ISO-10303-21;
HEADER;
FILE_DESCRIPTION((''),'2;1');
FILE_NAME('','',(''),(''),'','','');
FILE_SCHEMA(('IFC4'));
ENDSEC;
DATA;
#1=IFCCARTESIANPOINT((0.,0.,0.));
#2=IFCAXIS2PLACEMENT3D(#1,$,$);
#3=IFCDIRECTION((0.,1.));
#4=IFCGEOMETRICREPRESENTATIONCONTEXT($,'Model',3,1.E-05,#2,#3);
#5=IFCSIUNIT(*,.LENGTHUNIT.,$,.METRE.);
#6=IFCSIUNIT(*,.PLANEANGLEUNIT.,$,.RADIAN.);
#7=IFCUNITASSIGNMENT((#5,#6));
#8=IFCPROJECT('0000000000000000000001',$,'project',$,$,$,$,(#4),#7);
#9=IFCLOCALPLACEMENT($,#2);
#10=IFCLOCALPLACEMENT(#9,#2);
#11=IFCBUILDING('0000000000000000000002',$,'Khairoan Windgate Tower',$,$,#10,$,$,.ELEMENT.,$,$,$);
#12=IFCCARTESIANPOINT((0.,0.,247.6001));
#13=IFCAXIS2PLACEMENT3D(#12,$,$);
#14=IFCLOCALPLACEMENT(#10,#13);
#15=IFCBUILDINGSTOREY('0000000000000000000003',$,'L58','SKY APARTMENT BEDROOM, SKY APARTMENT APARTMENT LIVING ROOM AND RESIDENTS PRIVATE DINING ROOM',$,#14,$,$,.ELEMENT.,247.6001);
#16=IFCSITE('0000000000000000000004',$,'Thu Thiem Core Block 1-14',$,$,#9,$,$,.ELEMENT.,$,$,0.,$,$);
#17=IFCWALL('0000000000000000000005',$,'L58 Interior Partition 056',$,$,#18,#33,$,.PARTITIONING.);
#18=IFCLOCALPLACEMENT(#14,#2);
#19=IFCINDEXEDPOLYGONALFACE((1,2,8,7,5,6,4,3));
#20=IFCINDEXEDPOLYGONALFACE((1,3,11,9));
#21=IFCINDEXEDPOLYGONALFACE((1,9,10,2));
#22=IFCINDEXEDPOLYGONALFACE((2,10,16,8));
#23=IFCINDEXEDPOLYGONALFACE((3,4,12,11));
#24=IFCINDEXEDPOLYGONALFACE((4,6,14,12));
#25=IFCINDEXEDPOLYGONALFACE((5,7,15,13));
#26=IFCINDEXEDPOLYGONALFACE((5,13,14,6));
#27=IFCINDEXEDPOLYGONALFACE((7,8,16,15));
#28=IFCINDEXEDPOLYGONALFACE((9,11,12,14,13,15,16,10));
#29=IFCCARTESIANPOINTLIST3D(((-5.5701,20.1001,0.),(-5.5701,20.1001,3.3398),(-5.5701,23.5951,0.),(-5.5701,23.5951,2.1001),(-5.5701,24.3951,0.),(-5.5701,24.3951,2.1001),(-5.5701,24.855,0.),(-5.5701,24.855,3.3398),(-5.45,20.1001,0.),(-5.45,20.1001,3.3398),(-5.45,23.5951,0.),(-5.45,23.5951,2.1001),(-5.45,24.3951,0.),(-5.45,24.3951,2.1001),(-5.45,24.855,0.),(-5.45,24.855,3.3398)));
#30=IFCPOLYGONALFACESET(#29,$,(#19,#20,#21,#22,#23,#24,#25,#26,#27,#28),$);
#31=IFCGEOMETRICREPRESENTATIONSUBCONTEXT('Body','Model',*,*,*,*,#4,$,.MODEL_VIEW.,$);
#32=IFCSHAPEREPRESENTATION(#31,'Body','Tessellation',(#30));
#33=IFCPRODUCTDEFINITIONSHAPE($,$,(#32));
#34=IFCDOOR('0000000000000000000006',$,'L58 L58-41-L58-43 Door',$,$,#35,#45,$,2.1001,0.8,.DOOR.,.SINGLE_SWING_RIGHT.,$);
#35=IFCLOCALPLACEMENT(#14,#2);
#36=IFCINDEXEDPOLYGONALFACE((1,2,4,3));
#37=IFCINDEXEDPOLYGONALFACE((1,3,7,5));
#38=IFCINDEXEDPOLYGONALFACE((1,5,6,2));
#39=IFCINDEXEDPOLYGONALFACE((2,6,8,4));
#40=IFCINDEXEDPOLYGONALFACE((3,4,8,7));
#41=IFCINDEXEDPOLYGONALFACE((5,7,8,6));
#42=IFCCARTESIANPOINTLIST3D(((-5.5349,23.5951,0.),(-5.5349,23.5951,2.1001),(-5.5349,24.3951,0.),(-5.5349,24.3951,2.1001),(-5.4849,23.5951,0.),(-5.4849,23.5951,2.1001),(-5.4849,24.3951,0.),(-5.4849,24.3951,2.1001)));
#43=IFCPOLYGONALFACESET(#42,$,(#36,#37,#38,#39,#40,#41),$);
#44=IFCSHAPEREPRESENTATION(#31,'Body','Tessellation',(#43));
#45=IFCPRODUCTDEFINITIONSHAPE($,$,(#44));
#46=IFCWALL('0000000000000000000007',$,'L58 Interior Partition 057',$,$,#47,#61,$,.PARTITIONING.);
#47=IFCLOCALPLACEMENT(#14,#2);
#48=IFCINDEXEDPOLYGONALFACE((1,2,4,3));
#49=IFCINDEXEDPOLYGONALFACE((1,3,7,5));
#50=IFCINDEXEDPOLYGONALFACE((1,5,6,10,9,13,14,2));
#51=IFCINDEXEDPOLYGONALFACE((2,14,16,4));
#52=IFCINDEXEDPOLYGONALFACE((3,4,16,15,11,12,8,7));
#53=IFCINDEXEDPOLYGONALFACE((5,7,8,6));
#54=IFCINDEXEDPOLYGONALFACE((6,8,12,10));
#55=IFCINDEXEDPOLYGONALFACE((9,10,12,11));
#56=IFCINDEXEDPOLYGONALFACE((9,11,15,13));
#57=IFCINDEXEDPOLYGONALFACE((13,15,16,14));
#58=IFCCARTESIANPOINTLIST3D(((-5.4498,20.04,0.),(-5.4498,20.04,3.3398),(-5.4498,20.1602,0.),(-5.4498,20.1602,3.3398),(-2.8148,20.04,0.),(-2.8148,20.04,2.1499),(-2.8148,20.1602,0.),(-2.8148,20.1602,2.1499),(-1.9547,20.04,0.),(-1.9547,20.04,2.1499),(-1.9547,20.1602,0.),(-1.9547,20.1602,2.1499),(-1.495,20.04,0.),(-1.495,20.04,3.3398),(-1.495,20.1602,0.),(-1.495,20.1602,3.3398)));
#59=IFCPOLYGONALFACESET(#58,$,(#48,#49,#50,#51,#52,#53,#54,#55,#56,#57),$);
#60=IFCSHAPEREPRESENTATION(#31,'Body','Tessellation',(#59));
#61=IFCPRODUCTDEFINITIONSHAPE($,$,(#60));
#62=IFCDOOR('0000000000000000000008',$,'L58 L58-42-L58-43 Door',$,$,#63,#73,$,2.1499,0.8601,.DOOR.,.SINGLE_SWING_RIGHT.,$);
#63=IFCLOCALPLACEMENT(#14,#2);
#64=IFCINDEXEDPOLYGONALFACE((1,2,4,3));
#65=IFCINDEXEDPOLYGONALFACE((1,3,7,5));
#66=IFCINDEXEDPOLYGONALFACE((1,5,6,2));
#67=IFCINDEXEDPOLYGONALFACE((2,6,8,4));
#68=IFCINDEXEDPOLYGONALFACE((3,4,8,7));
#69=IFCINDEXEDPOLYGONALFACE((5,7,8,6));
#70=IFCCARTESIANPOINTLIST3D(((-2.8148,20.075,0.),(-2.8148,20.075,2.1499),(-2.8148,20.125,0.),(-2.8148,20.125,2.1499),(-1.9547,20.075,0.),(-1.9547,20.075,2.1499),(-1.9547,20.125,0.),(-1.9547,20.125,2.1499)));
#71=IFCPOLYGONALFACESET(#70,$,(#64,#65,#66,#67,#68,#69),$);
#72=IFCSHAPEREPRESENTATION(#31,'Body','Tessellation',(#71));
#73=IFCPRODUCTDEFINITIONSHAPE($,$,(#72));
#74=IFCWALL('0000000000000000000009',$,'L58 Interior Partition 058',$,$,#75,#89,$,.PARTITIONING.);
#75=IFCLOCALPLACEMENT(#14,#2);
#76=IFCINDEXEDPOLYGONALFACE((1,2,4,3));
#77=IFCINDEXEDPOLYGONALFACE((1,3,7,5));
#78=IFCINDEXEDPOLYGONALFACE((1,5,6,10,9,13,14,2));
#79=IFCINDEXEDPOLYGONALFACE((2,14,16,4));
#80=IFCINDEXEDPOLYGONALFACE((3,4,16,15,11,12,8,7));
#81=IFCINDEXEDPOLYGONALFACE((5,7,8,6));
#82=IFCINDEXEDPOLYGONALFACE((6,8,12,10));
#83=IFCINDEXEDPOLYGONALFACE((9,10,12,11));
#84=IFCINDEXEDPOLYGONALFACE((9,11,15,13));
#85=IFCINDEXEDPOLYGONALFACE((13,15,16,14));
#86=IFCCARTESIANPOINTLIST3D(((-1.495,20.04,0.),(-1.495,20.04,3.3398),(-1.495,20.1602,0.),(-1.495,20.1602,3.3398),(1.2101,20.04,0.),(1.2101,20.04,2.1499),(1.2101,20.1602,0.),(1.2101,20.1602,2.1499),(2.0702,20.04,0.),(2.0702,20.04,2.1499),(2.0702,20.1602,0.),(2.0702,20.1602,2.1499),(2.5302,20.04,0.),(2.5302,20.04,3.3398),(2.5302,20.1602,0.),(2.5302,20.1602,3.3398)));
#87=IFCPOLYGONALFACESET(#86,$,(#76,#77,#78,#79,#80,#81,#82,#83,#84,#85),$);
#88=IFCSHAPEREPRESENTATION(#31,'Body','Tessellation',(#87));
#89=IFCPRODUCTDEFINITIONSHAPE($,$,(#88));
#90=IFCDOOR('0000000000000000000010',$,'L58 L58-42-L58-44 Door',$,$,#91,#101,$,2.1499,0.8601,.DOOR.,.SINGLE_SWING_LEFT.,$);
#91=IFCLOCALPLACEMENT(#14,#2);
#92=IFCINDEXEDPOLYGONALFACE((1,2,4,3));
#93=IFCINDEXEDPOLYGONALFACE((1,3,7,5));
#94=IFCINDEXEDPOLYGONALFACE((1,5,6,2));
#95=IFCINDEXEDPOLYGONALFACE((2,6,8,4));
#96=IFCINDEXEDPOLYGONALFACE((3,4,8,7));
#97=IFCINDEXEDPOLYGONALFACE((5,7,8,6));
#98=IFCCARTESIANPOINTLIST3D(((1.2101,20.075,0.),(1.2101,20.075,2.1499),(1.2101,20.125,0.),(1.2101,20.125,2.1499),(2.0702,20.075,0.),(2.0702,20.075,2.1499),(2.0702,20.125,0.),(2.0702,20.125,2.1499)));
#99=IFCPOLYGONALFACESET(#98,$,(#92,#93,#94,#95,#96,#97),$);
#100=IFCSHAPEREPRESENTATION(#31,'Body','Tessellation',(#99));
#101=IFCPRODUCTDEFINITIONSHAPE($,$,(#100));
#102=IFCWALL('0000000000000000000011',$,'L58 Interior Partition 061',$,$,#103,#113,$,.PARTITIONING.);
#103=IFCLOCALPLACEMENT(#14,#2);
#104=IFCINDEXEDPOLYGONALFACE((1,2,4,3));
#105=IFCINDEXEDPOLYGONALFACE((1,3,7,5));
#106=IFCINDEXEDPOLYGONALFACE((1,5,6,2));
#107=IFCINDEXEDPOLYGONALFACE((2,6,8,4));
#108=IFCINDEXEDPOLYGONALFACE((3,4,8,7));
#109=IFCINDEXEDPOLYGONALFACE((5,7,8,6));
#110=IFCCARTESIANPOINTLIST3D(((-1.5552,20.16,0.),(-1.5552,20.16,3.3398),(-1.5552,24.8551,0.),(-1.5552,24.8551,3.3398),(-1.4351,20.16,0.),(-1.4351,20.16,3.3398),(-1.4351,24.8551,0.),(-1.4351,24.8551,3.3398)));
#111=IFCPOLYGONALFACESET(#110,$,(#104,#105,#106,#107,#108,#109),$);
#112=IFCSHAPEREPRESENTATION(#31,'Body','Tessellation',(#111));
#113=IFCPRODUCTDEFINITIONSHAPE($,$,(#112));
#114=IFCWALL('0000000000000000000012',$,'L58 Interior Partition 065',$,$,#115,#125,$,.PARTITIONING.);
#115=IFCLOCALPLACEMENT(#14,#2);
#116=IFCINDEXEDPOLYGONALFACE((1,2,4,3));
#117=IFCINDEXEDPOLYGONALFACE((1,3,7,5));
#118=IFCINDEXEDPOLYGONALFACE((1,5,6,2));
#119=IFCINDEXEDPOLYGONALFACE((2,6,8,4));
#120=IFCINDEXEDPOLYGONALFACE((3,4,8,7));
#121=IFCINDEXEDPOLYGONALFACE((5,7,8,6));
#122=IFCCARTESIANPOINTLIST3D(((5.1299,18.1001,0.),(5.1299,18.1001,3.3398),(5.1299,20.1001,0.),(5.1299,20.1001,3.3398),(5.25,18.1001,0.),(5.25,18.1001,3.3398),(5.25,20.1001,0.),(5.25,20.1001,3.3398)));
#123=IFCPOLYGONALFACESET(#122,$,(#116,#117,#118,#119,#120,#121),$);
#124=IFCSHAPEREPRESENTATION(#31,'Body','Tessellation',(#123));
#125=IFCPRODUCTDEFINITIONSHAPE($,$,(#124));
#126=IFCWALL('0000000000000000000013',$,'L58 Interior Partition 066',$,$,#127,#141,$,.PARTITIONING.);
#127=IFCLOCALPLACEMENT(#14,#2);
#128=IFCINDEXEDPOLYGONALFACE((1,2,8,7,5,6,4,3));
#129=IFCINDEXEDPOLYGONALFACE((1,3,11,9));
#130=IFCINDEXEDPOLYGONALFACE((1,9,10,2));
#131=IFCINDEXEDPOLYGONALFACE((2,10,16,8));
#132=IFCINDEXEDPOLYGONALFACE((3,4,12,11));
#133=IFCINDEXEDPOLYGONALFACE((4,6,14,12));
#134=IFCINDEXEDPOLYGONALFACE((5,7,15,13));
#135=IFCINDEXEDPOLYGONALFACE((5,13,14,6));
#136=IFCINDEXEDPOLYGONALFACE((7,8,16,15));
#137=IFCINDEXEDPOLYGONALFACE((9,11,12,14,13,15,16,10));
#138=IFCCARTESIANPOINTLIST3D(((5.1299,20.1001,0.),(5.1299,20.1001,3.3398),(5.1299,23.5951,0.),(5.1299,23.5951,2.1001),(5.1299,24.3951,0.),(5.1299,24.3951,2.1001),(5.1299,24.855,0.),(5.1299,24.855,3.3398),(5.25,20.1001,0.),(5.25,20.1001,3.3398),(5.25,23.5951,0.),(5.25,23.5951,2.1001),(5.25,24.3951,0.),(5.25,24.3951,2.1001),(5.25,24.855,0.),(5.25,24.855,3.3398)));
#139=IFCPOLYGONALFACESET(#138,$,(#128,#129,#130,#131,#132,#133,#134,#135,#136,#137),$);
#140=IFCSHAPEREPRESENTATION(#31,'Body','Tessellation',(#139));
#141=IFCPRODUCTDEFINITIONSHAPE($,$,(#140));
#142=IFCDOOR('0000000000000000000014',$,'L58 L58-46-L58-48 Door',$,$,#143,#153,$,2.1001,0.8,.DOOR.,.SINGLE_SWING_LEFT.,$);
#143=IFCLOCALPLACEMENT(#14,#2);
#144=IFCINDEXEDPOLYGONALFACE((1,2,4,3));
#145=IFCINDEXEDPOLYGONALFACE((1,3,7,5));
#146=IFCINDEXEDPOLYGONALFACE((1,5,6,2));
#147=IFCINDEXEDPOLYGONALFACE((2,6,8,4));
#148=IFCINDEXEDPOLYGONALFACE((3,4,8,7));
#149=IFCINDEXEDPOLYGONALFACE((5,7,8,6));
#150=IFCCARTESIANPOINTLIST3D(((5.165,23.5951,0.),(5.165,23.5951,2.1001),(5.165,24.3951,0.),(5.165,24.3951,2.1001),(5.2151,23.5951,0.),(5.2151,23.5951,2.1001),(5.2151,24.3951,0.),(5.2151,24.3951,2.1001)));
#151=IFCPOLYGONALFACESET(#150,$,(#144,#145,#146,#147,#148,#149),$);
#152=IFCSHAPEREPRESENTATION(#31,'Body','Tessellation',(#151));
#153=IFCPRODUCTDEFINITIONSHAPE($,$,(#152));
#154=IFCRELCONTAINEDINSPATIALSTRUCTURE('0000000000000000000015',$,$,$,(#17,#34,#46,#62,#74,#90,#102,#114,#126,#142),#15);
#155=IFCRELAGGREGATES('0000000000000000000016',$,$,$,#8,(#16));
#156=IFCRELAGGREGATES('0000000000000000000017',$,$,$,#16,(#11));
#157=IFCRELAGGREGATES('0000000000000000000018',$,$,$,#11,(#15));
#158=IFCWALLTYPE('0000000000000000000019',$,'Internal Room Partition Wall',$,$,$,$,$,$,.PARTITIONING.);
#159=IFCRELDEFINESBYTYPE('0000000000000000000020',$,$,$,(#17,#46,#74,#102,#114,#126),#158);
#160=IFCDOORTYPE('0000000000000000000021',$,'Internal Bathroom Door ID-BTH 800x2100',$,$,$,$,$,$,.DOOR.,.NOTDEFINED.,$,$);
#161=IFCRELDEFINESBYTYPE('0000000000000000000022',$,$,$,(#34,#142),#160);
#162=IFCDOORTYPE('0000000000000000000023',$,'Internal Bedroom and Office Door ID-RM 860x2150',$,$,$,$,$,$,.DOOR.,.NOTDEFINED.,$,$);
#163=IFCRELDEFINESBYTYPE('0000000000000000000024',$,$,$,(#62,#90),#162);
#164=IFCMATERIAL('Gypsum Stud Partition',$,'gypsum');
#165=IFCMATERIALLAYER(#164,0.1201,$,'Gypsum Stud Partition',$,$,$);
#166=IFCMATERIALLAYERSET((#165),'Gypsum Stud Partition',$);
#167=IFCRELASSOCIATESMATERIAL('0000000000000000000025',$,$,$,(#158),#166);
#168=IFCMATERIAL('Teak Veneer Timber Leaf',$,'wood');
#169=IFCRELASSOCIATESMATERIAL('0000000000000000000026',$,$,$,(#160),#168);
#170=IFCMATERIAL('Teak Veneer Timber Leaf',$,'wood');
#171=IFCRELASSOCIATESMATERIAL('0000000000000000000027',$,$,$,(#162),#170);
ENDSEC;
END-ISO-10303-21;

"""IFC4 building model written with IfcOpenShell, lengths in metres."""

from ifc_helpers import new_model, si_unit, direction, frame, frame_2d, origin, place, context, subcontext, project, spatial, rectangle, extrude, material, layer, layer_set, type_object, element, fill, save


model = new_model("IFC4")

# Units and contexts
model_context = context("Model", 3, precision=1e-05, world=origin(), true_north=direction((0.0, 1.0)))
body_context = subcontext(model_context, "Body", "Model", "MODEL_VIEW")
ifc_project = project(units=[si_unit("LENGTHUNIT", "METRE"), si_unit("PLANEANGLEUNIT", "RADIAN")], contexts=[model_context])

# Site, building, storey
site_placement = place(None, origin())
site = spatial("IfcSite", under=ifc_project, at=site_placement, Name="Thu Thiem Core Block 1-14", CompositionType="ELEMENT", RefElevation=0.0)
building_placement = place(site_placement, origin())
building = spatial("IfcBuilding", under=site, at=building_placement, Name="Khairoan Windgate Tower", CompositionType="ELEMENT")
storey_placement = place(building_placement, frame((0.0, 0.0, 247.6001)))
storey = spatial("IfcBuildingStorey", under=building, at=storey_placement, Name="L58", Description="SKY APARTMENT BEDROOM, SKY APARTMENT APARTMENT LIVING ROOM AND RESIDENTS PRIVATE DINING ROOM", CompositionType="ELEMENT", Elevation=247.6001)

# Walls, openings, doors
ifc_material_1 = material(Name="Gypsum Stud Partition", Category="gypsum")
ifc_layer_1 = layer(ifc_material_1, 0.1201, Name="Gypsum Stud Partition")
ifc_layer_set_1 = layer_set([ifc_layer_1], Name="Gypsum Stud Partition")
wall_type_1 = type_object("IfcWallType", Name="Internal Room Partition Wall", PredefinedType="PARTITIONING", material=ifc_layer_set_1)
wall_1_placement = place(storey_placement, frame((-5.51, 20.1001, 0.0), z_axis=(0.0, 0.0, 1.0), x_axis=(0.0, 1.0, 0.0)))
wall_1 = element("IfcWall", 1, at=wall_1_placement, inside=storey, type_object=wall_type_1, Name="L58 Interior Partition 056", PredefinedType="PARTITIONING", context=body_context, shape_type="SweptSolid", body=[
    extrude(rectangle(XDim=4.7549, YDim=0.1201, at=frame_2d((2.3774, 0.0))), origin(), (0.0, 0.0, 1.0), 3.3398),
])
opening_1_placement = place(wall_1_placement, frame((3.4951, 0.0, 0.0)))
opening_1 = element("IfcOpeningElement", 2, at=opening_1_placement, cuts=wall_1, PredefinedType="OPENING", context=body_context, shape_type="SweptSolid", body=[
    extrude(rectangle(XDim=0.8, YDim=2.1001, at=frame_2d((0.3999, 1.05))), frame((0.0, 0.0701, 0.0), z_axis=(0.0, -1.0, 0.0), x_axis=(1.0, 0.0, 0.0)), (0.0, 0.0, 1.0), 0.1401),
])
ifc_material_2 = material(Name="Teak Veneer Timber Leaf", Category="wood")
door_type_1 = type_object("IfcDoorType", Name="Internal Bathroom Door ID-BTH 800x2100", OperationType="NOTDEFINED", PredefinedType="DOOR", material=ifc_material_2)
door_1_placement = place(opening_1_placement, origin())
door_1 = element("IfcDoor", 3, at=door_1_placement, inside=storey, type_object=door_type_1, Name="L58 L58-41-L58-43 Door", OperationType="SINGLE_SWING_RIGHT", OverallHeight=2.1001, OverallWidth=0.8, PredefinedType="DOOR", context=body_context, shape_type="SweptSolid", body=[
    extrude(rectangle(XDim=0.8, YDim=2.1001, at=frame_2d((0.3999, 1.05))), frame((0.0, 0.0249, 0.0), z_axis=(0.0, -1.0, 0.0), x_axis=(1.0, 0.0, 0.0)), (0.0, 0.0, 1.0), 0.05),
])
fill(opening_1, door_1)
wall_2_placement = place(storey_placement, frame((-5.45, 20.1001, 0.0), z_axis=(0.0, 0.0, 1.0), x_axis=(1.0, 0.0, 0.0)))
wall_2 = element("IfcWall", 4, at=wall_2_placement, inside=storey, type_object=wall_type_1, Name="L58 Interior Partition 057", PredefinedType="PARTITIONING", context=body_context, shape_type="SweptSolid", body=[
    extrude(rectangle(XDim=3.9548, YDim=0.1201, at=frame_2d((1.9775, 0.0))), origin(), (0.0, 0.0, 1.0), 3.3398),
])
opening_2_placement = place(wall_2_placement, frame((2.635, 0.0, 0.0)))
opening_2 = element("IfcOpeningElement", 5, at=opening_2_placement, cuts=wall_2, PredefinedType="OPENING", context=body_context, shape_type="SweptSolid", body=[
    extrude(rectangle(XDim=0.8601, YDim=2.1499, at=frame_2d((0.4302, 1.075))), frame((0.0, 0.0701, 0.0), z_axis=(0.0, -1.0, 0.0), x_axis=(1.0, 0.0, 0.0)), (0.0, 0.0, 1.0), 0.1401),
])
ifc_material_3 = material(Name="Teak Veneer Timber Leaf", Category="wood")
door_type_2 = type_object("IfcDoorType", Name="Internal Bedroom and Office Door ID-RM 860x2150", OperationType="NOTDEFINED", PredefinedType="DOOR", material=ifc_material_3)
door_2_placement = place(opening_2_placement, origin())
door_2 = element("IfcDoor", 6, at=door_2_placement, inside=storey, type_object=door_type_2, Name="L58 L58-42-L58-43 Door", OperationType="SINGLE_SWING_RIGHT", OverallHeight=2.1499, OverallWidth=0.8601, PredefinedType="DOOR", context=body_context, shape_type="SweptSolid", body=[
    extrude(rectangle(XDim=0.8601, YDim=2.1499, at=frame_2d((0.4302, 1.075))), frame((0.0, 0.0249, 0.0), z_axis=(0.0, -1.0, 0.0), x_axis=(1.0, 0.0, 0.0)), (0.0, 0.0, 1.0), 0.05),
])
fill(opening_2, door_2)
wall_3_placement = place(storey_placement, frame((-1.4951, 20.1001, 0.0), z_axis=(0.0, 0.0, 1.0), x_axis=(1.0, 0.0, 0.0)))
wall_3 = element("IfcWall", 7, at=wall_3_placement, inside=storey, type_object=wall_type_1, Name="L58 Interior Partition 058", PredefinedType="PARTITIONING", context=body_context, shape_type="SweptSolid", body=[
    extrude(rectangle(XDim=4.0251, YDim=0.1201, at=frame_2d((2.0127, 0.0))), origin(), (0.0, 0.0, 1.0), 3.3398),
])
opening_3_placement = place(wall_3_placement, frame((2.7051, 0.0, 0.0)))
opening_3 = element("IfcOpeningElement", 8, at=opening_3_placement, cuts=wall_3, PredefinedType="OPENING", context=body_context, shape_type="SweptSolid", body=[
    extrude(rectangle(XDim=0.8601, YDim=2.1499, at=frame_2d((0.4302, 1.075))), frame((0.0, 0.0701, 0.0), z_axis=(0.0, -1.0, 0.0), x_axis=(1.0, 0.0, 0.0)), (0.0, 0.0, 1.0), 0.1401),
])
door_3_placement = place(opening_3_placement, origin())
door_3 = element("IfcDoor", 9, at=door_3_placement, inside=storey, type_object=door_type_2, Name="L58 L58-42-L58-44 Door", OperationType="SINGLE_SWING_LEFT", OverallHeight=2.1499, OverallWidth=0.8601, PredefinedType="DOOR", context=body_context, shape_type="SweptSolid", body=[
    extrude(rectangle(XDim=0.8601, YDim=2.1499, at=frame_2d((0.4302, 1.075))), frame((0.0, 0.0249, 0.0), z_axis=(0.0, -1.0, 0.0), x_axis=(1.0, 0.0, 0.0)), (0.0, 0.0, 1.0), 0.05),
])
fill(opening_3, door_3)

# Walls
wall_4_placement = place(storey_placement, frame((-1.4951, 20.1599, 0.0), z_axis=(0.0, 0.0, 1.0), x_axis=(0.0, 1.0, 0.0)))
element("IfcWall", 10, at=wall_4_placement, inside=storey, type_object=wall_type_1, Name="L58 Interior Partition 061", PredefinedType="PARTITIONING", context=body_context, shape_type="SweptSolid", body=[
    extrude(rectangle(XDim=4.6951, YDim=0.1201, at=frame_2d((2.3477, 0.0))), origin(), (0.0, 0.0, 1.0), 3.3398),
])
wall_5_placement = place(storey_placement, frame((5.1899, 18.1001, 0.0), z_axis=(0.0, 0.0, 1.0), x_axis=(0.0, 1.0, 0.0)))
element("IfcWall", 11, at=wall_5_placement, inside=storey, type_object=wall_type_1, Name="L58 Interior Partition 065", PredefinedType="PARTITIONING", context=body_context, shape_type="SweptSolid", body=[
    extrude(rectangle(XDim=2.0, YDim=0.1201, at=frame_2d((1.0, 0.0))), origin(), (0.0, 0.0, 1.0), 3.3398),
])

# Wall, opening, door
wall_6_placement = place(storey_placement, frame((5.1899, 20.1001, 0.0), z_axis=(0.0, 0.0, 1.0), x_axis=(0.0, 1.0, 0.0)))
wall_6 = element("IfcWall", 12, at=wall_6_placement, inside=storey, type_object=wall_type_1, Name="L58 Interior Partition 066", PredefinedType="PARTITIONING", context=body_context, shape_type="SweptSolid", body=[
    extrude(rectangle(XDim=4.7549, YDim=0.1201, at=frame_2d((2.3774, 0.0))), origin(), (0.0, 0.0, 1.0), 3.3398),
])
opening_4_placement = place(wall_6_placement, frame((3.4951, 0.0, 0.0)))
opening_4 = element("IfcOpeningElement", 13, at=opening_4_placement, cuts=wall_6, PredefinedType="OPENING", context=body_context, shape_type="SweptSolid", body=[
    extrude(rectangle(XDim=0.8, YDim=2.1001, at=frame_2d((0.3999, 1.05))), frame((0.0, 0.0701, 0.0), z_axis=(0.0, -1.0, 0.0), x_axis=(1.0, 0.0, 0.0)), (0.0, 0.0, 1.0), 0.1401),
])
door_4_placement = place(opening_4_placement, origin())
door_4 = element("IfcDoor", 14, at=door_4_placement, inside=storey, type_object=door_type_1, Name="L58 L58-46-L58-48 Door", OperationType="SINGLE_SWING_LEFT", OverallHeight=2.1001, OverallWidth=0.8, PredefinedType="DOOR", context=body_context, shape_type="SweptSolid", body=[
    extrude(rectangle(XDim=0.8, YDim=2.1001, at=frame_2d((0.3999, 1.05))), frame((0.0, 0.0249, 0.0), z_axis=(0.0, -1.0, 0.0), x_axis=(1.0, 0.0, 0.0)), (0.0, 0.0, 1.0), 0.05),
])
fill(opening_4, door_4)

save(model, "model.ifc")
